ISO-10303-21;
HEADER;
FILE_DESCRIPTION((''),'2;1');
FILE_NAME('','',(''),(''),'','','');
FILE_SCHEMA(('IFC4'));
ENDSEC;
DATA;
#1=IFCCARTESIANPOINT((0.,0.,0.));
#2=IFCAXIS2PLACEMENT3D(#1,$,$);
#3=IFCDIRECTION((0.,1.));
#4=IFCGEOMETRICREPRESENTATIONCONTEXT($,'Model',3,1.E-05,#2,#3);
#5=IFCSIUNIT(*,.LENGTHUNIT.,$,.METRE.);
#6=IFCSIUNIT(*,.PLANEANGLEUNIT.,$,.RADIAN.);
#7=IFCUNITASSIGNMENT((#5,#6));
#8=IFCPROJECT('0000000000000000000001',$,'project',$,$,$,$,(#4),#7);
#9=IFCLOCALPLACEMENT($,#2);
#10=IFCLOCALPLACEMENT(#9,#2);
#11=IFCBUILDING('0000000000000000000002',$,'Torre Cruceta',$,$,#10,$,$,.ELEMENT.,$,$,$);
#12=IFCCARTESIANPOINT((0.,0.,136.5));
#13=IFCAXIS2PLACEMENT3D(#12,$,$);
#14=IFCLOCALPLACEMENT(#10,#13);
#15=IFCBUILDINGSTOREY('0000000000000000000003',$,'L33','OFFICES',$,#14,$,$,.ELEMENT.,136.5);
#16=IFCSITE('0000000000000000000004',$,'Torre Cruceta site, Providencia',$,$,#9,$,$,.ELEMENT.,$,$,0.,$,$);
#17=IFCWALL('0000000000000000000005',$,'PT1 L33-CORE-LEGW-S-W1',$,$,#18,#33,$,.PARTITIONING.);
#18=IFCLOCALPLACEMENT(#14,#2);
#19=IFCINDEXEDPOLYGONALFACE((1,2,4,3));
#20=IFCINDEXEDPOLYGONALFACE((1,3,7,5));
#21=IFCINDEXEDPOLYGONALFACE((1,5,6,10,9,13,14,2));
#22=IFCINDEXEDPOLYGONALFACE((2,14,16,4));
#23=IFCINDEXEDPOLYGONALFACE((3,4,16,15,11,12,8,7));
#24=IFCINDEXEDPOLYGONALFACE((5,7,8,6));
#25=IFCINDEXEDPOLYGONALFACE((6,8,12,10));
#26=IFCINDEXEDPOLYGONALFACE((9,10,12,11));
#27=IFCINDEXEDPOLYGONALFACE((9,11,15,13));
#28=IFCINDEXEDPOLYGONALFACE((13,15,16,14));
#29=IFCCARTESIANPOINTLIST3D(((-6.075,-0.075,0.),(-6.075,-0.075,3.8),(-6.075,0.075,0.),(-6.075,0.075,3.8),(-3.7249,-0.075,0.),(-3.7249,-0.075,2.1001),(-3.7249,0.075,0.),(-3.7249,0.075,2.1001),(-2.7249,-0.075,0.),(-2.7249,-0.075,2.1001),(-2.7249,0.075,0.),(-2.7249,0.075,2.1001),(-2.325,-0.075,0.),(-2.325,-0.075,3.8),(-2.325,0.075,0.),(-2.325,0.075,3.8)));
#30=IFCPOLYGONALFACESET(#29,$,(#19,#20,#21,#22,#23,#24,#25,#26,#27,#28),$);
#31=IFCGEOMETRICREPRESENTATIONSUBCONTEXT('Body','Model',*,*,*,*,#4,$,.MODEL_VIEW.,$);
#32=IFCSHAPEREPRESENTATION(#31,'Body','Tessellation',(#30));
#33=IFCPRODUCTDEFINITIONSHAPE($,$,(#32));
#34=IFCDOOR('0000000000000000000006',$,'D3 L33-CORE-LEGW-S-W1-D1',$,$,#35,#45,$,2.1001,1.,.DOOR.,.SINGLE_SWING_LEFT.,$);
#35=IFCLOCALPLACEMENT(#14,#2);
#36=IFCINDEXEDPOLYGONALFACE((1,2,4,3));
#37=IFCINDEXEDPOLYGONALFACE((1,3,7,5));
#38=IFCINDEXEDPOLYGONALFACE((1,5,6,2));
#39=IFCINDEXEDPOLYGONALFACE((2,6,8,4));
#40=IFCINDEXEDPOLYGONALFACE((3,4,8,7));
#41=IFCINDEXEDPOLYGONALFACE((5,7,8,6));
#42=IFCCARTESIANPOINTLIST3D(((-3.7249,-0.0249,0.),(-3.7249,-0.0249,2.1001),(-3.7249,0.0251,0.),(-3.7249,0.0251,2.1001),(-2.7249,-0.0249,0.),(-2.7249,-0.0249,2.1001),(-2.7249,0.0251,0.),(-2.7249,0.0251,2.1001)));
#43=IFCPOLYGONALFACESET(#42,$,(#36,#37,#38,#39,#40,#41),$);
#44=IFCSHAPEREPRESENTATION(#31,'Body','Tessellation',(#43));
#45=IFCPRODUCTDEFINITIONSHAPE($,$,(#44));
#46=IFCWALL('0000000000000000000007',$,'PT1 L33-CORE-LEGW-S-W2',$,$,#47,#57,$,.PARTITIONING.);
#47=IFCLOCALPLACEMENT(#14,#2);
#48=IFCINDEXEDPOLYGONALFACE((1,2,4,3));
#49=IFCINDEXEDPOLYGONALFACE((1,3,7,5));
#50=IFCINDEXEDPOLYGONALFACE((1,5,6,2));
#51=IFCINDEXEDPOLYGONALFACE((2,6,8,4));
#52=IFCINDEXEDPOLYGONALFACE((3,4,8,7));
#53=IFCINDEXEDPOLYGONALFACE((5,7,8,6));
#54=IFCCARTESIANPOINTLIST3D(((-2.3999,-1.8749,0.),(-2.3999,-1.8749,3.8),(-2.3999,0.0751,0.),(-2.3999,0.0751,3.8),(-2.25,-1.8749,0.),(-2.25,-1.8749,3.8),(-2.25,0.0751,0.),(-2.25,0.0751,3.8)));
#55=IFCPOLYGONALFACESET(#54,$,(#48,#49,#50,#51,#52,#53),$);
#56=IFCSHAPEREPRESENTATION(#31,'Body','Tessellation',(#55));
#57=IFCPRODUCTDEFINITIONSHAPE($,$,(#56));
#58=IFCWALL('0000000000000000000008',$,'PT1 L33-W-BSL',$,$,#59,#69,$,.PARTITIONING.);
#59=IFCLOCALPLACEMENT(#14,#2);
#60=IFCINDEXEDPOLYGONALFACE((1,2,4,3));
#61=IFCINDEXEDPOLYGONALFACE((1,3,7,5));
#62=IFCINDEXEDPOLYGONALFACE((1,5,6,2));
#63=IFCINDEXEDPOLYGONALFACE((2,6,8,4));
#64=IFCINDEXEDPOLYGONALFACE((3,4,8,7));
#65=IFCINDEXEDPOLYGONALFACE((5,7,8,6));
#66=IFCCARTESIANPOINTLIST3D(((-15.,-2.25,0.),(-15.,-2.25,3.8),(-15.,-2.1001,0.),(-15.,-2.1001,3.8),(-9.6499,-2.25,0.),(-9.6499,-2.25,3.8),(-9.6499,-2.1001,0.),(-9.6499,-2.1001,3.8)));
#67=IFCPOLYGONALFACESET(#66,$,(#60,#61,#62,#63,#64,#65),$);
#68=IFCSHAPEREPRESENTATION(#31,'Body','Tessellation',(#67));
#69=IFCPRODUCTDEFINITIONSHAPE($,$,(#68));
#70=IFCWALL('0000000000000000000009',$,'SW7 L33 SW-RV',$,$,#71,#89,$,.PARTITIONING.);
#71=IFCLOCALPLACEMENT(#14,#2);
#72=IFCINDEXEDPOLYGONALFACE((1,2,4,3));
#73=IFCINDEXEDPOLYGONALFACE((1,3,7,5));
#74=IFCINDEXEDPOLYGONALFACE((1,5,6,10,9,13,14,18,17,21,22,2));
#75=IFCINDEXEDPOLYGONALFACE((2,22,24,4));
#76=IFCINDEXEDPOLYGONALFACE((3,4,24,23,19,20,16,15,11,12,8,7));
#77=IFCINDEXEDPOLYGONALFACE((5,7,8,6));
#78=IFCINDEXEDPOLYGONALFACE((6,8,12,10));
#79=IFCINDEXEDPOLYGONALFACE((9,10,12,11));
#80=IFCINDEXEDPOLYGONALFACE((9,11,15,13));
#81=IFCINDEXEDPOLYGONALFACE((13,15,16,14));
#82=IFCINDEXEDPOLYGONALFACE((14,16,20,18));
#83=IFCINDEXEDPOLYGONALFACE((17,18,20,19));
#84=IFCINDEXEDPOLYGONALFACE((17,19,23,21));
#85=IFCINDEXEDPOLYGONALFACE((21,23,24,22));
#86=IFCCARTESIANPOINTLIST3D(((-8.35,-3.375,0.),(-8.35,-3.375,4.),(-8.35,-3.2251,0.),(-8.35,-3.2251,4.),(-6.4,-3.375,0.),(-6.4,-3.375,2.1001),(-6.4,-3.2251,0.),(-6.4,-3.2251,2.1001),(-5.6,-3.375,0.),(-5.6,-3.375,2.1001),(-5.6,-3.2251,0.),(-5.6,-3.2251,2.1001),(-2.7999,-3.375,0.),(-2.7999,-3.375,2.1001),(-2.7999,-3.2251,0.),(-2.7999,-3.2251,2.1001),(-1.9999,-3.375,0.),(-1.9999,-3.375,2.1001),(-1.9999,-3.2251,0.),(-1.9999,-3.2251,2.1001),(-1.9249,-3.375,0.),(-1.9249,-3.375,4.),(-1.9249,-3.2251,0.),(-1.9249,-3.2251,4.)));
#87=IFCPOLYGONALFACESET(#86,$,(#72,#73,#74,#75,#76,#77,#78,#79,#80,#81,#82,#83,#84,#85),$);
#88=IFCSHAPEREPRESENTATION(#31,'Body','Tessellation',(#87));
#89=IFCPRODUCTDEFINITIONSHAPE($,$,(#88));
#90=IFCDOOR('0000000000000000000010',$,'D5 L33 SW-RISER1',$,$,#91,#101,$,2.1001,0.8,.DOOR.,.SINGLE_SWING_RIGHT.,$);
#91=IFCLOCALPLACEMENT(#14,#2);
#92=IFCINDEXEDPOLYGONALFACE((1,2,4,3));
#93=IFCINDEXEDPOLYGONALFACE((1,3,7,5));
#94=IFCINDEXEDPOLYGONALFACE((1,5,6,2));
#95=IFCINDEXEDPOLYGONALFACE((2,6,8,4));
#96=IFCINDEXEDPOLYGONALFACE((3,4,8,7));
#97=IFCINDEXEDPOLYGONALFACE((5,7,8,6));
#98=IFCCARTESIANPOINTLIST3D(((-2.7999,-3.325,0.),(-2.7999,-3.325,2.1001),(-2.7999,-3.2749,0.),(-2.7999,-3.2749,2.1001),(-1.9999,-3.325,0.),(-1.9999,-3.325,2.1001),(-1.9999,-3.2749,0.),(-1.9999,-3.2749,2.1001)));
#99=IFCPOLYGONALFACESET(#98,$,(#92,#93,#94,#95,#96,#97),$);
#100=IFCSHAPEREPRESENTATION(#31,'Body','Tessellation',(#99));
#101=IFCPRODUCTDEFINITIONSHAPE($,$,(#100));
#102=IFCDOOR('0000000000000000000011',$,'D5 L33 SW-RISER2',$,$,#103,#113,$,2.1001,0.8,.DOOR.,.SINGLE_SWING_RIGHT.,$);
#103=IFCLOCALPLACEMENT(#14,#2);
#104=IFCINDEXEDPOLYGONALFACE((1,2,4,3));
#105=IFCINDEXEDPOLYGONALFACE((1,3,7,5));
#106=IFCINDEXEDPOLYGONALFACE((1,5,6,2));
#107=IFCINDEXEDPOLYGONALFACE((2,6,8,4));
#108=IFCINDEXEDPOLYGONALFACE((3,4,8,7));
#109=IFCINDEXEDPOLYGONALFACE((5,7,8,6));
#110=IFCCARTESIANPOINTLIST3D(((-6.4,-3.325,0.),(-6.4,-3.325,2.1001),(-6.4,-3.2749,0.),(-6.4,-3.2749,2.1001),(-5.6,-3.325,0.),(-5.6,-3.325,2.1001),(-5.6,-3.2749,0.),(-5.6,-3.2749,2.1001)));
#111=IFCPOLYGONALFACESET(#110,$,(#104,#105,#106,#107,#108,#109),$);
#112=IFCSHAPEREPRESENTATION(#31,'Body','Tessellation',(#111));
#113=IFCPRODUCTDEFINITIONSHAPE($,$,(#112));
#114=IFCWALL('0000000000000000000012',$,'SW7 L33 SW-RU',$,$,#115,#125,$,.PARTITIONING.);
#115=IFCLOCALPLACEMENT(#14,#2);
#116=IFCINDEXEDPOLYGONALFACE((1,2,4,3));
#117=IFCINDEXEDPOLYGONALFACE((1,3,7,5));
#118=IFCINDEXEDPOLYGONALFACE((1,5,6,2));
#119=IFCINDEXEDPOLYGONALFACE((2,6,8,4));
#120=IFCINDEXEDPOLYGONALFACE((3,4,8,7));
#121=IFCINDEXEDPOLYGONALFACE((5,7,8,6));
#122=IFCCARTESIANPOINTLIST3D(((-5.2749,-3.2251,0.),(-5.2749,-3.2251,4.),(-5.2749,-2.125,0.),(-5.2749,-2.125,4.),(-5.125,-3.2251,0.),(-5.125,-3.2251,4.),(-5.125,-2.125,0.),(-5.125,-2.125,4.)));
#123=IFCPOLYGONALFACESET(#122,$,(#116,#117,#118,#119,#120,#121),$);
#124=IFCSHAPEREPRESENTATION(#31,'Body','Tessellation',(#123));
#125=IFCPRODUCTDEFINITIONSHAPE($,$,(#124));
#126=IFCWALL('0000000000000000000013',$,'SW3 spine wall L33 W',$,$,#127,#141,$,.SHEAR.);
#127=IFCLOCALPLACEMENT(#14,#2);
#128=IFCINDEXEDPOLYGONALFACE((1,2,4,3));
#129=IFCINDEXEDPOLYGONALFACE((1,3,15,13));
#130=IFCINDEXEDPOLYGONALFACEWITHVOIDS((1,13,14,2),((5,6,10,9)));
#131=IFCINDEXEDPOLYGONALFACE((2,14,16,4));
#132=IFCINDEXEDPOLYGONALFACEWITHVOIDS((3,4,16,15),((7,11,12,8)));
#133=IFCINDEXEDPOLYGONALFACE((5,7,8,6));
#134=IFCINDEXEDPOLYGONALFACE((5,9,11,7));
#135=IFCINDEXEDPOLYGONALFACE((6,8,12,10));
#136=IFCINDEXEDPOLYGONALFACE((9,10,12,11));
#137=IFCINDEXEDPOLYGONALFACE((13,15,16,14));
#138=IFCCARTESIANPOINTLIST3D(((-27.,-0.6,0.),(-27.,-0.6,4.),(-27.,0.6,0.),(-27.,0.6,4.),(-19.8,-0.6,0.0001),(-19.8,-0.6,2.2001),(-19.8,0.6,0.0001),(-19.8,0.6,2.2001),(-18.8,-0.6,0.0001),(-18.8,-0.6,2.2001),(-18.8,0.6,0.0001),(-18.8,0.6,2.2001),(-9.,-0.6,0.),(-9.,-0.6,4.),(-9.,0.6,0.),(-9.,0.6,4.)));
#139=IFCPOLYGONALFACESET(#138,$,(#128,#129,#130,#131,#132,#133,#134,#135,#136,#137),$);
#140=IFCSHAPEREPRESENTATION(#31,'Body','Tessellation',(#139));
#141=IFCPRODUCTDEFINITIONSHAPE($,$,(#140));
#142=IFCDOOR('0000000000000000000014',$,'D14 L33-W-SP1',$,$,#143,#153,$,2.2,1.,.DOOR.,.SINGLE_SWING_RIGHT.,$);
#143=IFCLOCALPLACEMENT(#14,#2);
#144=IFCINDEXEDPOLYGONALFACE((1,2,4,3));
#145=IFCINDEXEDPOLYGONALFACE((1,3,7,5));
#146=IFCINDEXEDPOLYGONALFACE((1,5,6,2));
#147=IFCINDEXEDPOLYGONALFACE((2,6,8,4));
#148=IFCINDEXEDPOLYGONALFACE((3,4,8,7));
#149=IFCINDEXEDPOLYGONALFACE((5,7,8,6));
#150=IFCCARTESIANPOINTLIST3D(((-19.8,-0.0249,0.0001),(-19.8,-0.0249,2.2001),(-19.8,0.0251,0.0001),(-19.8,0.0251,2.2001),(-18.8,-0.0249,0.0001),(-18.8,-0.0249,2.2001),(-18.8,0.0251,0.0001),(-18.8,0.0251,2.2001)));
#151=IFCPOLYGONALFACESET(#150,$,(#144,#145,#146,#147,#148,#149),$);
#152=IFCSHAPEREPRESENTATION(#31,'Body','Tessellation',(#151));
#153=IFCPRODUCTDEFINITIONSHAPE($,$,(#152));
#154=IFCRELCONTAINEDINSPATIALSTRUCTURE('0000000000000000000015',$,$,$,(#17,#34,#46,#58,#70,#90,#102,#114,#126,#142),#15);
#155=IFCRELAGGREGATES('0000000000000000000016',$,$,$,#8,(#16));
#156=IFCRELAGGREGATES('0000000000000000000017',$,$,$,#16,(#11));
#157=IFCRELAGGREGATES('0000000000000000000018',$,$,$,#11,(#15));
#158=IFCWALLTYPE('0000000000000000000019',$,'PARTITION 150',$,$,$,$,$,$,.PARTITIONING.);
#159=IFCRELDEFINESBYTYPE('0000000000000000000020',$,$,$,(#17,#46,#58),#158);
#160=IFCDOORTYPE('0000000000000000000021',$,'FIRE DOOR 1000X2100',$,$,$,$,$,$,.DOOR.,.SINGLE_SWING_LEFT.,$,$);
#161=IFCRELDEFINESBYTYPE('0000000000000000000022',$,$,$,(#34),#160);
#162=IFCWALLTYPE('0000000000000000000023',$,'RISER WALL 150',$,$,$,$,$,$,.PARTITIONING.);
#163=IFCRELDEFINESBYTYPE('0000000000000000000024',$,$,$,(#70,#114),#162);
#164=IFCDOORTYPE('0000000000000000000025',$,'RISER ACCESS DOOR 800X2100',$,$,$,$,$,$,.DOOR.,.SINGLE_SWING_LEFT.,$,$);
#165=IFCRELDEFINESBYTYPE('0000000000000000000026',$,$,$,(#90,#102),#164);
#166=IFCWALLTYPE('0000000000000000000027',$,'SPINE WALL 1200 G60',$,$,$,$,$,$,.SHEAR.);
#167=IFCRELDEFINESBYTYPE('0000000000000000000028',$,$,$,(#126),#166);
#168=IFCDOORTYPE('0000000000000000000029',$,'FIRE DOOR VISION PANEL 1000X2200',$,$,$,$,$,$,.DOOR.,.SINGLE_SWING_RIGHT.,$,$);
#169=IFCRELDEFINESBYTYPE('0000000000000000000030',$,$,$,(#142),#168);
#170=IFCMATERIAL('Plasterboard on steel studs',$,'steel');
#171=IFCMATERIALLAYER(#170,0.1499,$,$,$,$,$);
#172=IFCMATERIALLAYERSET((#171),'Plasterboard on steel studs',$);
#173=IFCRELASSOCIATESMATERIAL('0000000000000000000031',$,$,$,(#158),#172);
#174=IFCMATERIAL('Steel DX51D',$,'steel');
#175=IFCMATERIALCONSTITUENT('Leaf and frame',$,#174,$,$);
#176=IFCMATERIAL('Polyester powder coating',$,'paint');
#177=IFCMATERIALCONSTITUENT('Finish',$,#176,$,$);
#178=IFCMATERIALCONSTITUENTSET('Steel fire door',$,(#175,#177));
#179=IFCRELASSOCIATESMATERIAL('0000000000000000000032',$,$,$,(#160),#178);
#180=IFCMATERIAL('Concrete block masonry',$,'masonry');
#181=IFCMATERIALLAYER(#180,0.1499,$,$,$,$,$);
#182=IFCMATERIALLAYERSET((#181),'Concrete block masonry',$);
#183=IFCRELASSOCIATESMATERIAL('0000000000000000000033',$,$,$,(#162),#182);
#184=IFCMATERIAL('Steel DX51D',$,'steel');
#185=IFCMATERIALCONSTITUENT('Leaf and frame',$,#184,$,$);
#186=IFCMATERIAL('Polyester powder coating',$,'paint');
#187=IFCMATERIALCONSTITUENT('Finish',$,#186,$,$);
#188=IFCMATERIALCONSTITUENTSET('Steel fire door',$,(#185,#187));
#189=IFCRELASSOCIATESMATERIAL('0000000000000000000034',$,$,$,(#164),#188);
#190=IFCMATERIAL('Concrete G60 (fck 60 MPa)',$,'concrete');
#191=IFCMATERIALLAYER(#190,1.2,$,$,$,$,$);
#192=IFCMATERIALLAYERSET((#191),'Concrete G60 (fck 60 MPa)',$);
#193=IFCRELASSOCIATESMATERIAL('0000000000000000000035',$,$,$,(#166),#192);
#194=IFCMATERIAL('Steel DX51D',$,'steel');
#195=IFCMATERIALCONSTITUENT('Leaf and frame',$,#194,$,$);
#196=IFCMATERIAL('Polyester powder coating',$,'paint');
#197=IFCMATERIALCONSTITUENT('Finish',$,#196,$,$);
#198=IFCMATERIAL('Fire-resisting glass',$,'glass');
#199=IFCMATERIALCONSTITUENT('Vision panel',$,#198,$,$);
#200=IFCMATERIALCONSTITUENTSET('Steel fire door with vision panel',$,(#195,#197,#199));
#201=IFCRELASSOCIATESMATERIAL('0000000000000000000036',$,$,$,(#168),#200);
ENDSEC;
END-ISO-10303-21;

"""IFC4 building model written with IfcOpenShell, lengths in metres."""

from ifc_helpers import new_model, si_unit, direction, frame, frame_2d, origin, place, context, subcontext, project, spatial, rectangle, extrude, material, layer, layer_set, constituent, constituent_set, type_object, element, fill, save


model = new_model("IFC4")

# Units and contexts
model_context = context("Model", 3, precision=1e-05, world=origin(), true_north=direction((0.0, 1.0)))
body_context = subcontext(model_context, "Body", "Model", "MODEL_VIEW")
ifc_project = project(units=[si_unit("LENGTHUNIT", "METRE"), si_unit("PLANEANGLEUNIT", "RADIAN")], contexts=[model_context])

# Site, building, storey
site_placement = place(None, origin())
site = spatial("IfcSite", under=ifc_project, at=site_placement, Name="Torre Cruceta site, Providencia", CompositionType="ELEMENT", RefElevation=0.0)
building_placement = place(site_placement, origin())
building = spatial("IfcBuilding", under=site, at=building_placement, Name="Torre Cruceta", CompositionType="ELEMENT")
storey_placement = place(building_placement, frame((0.0, 0.0, 136.5)))
storey = spatial("IfcBuildingStorey", under=building, at=storey_placement, Name="L33", Description="OFFICES", CompositionType="ELEMENT", Elevation=136.5)

# Wall, opening, door
ifc_material_1 = material(Name="Plasterboard on steel studs", Category="steel")
ifc_layer_1 = layer(ifc_material_1, 0.1499)
ifc_layer_set_1 = layer_set([ifc_layer_1], Name="Plasterboard on steel studs")
wall_type_1 = type_object("IfcWallType", Name="PARTITION 150", PredefinedType="PARTITIONING", material=ifc_layer_set_1)
wall_1_placement = place(storey_placement, frame((-2.325, 0.0, 0.0), z_axis=(0.0, 0.0, 1.0), x_axis=(-1.0, 0.0, 0.0)))
wall_1 = element("IfcWall", 1, at=wall_1_placement, inside=storey, type_object=wall_type_1, Name="PT1 L33-CORE-LEGW-S-W1", PredefinedType="PARTITIONING", context=body_context, shape_type="SweptSolid", body=[
    extrude(rectangle(XDim=3.75, YDim=0.1499, at=frame_2d((1.875, 0.0))), origin(), (0.0, 0.0, 1.0), 3.8),
])
opening_1_placement = place(wall_1_placement, frame((0.3999, 0.0, 0.0)))
opening_1 = element("IfcOpeningElement", 2, at=opening_1_placement, cuts=wall_1, PredefinedType="OPENING", context=body_context, shape_type="SweptSolid", body=[
    extrude(rectangle(XDim=1.0, YDim=2.1001, at=frame_2d((0.5, 1.05))), frame((0.0, 0.085, 0.0), z_axis=(0.0, -1.0, 0.0), x_axis=(1.0, 0.0, 0.0)), (0.0, 0.0, 1.0), 0.1699),
])
ifc_material_2 = material(Name="Steel DX51D", Category="steel")
ifc_constituent_1 = constituent(ifc_material_2, Name="Leaf and frame")
ifc_material_3 = material(Name="Polyester powder coating", Category="paint")
ifc_constituent_2 = constituent(ifc_material_3, Name="Finish")
ifc_constituent_set_1 = constituent_set(constituents=[ifc_constituent_1, ifc_constituent_2], Name="Steel fire door")
door_type_1 = type_object("IfcDoorType", Name="FIRE DOOR 1000X2100", OperationType="SINGLE_SWING_LEFT", PredefinedType="DOOR", material=ifc_constituent_set_1)
door_1_placement = place(opening_1_placement, origin())
door_1 = element("IfcDoor", 3, at=door_1_placement, inside=storey, type_object=door_type_1, Name="D3 L33-CORE-LEGW-S-W1-D1", OperationType="SINGLE_SWING_LEFT", OverallHeight=2.1001, OverallWidth=1.0, PredefinedType="DOOR", context=body_context, shape_type="SweptSolid", body=[
    extrude(rectangle(XDim=1.0, YDim=2.1001, at=frame_2d((0.5, 1.05))), frame((0.0, 0.0249, 0.0), z_axis=(0.0, -1.0, 0.0), x_axis=(1.0, 0.0, 0.0)), (0.0, 0.0, 1.0), 0.05),
])
fill(opening_1, door_1)

# Walls
wall_2_placement = place(storey_placement, frame((-2.325, -1.875, 0.0), z_axis=(0.0, 0.0, 1.0), x_axis=(0.0, 1.0, 0.0)))
element("IfcWall", 4, at=wall_2_placement, inside=storey, type_object=wall_type_1, Name="PT1 L33-CORE-LEGW-S-W2", PredefinedType="PARTITIONING", context=body_context, shape_type="SweptSolid", body=[
    extrude(rectangle(XDim=1.95, YDim=0.1499, at=frame_2d((0.9751, 0.0))), origin(), (0.0, 0.0, 1.0), 3.8),
])
wall_3_placement = place(storey_placement, frame((-9.6499, -2.175, 0.0), z_axis=(0.0, 0.0, 1.0), x_axis=(-1.0, 0.0, 0.0)))
element("IfcWall", 5, at=wall_3_placement, inside=storey, type_object=wall_type_1, Name="PT1 L33-W-BSL", PredefinedType="PARTITIONING", context=body_context, shape_type="SweptSolid", body=[
    extrude(rectangle(XDim=5.3501, YDim=0.1499, at=frame_2d((2.675, 0.0))), origin(), (0.0, 0.0, 1.0), 3.8),
])

# Wall, openings, doors
ifc_material_4 = material(Name="Concrete block masonry", Category="masonry")
ifc_layer_2 = layer(ifc_material_4, 0.1499)
ifc_layer_set_2 = layer_set([ifc_layer_2], Name="Concrete block masonry")
wall_type_2 = type_object("IfcWallType", Name="RISER WALL 150", PredefinedType="PARTITIONING", material=ifc_layer_set_2)
wall_4_placement = place(storey_placement, frame((-1.925, -3.3, 0.0), z_axis=(0.0, 0.0, 1.0), x_axis=(-1.0, 0.0, 0.0)))
wall_4 = element("IfcWall", 6, at=wall_4_placement, inside=storey, type_object=wall_type_2, Name="SW7 L33 SW-RV", PredefinedType="PARTITIONING", context=body_context, shape_type="SweptSolid", body=[
    extrude(rectangle(XDim=6.425, YDim=0.1499, at=frame_2d((3.2124, 0.0))), origin(), (0.0, 0.0, 1.0), 4.0),
])
opening_2_placement = place(wall_4_placement, frame((0.075, 0.0, 0.0)))
opening_2 = element("IfcOpeningElement", 7, at=opening_2_placement, cuts=wall_4, PredefinedType="OPENING", context=body_context, shape_type="SweptSolid", body=[
    extrude(rectangle(XDim=0.8, YDim=2.1001, at=frame_2d((0.3999, 1.05))), frame((0.0, 0.085, 0.0), z_axis=(0.0, -1.0, 0.0), x_axis=(1.0, 0.0, 0.0)), (0.0, 0.0, 1.0), 0.1699),
])
opening_3_placement = place(wall_4_placement, frame((3.675, 0.0, 0.0)))
opening_3 = element("IfcOpeningElement", 8, at=opening_3_placement, cuts=wall_4, PredefinedType="OPENING", context=body_context, shape_type="SweptSolid", body=[
    extrude(rectangle(XDim=0.8, YDim=2.1001, at=frame_2d((0.3999, 1.05))), frame((0.0, 0.085, 0.0), z_axis=(0.0, -1.0, 0.0), x_axis=(1.0, 0.0, 0.0)), (0.0, 0.0, 1.0), 0.1699),
])
ifc_material_5 = material(Name="Steel DX51D", Category="steel")
ifc_constituent_3 = constituent(ifc_material_5, Name="Leaf and frame")
ifc_material_6 = material(Name="Polyester powder coating", Category="paint")
ifc_constituent_4 = constituent(ifc_material_6, Name="Finish")
ifc_constituent_set_2 = constituent_set(constituents=[ifc_constituent_3, ifc_constituent_4], Name="Steel fire door")
door_type_2 = type_object("IfcDoorType", Name="RISER ACCESS DOOR 800X2100", OperationType="SINGLE_SWING_LEFT", PredefinedType="DOOR", material=ifc_constituent_set_2)
door_2_placement = place(opening_2_placement, frame((0.8, 0.0, 0.0), z_axis=(0.0, 0.0, 1.0), x_axis=(-1.0, 0.0, 0.0)))
door_2 = element("IfcDoor", 9, at=door_2_placement, inside=storey, type_object=door_type_2, Name="D5 L33 SW-RISER1", OperationType="SINGLE_SWING_RIGHT", OverallHeight=2.1001, OverallWidth=0.8, PredefinedType="DOOR", context=body_context, shape_type="SweptSolid", body=[
    extrude(rectangle(XDim=0.8, YDim=2.1001, at=frame_2d((0.4001, 1.05))), frame((0.0, 0.0251, 0.0), z_axis=(0.0, -1.0, 0.0), x_axis=(1.0, 0.0, 0.0)), (0.0, 0.0, 1.0), 0.05),
])
fill(opening_2, door_2)
door_3_placement = place(opening_3_placement, frame((0.8, 0.0, 0.0), z_axis=(0.0, 0.0, 1.0), x_axis=(-1.0, 0.0, 0.0)))
door_3 = element("IfcDoor", 10, at=door_3_placement, inside=storey, type_object=door_type_2, Name="D5 L33 SW-RISER2", OperationType="SINGLE_SWING_RIGHT", OverallHeight=2.1001, OverallWidth=0.8, PredefinedType="DOOR", context=body_context, shape_type="SweptSolid", body=[
    extrude(rectangle(XDim=0.8, YDim=2.1001, at=frame_2d((0.4001, 1.05))), frame((0.0, 0.0251, 0.0), z_axis=(0.0, -1.0, 0.0), x_axis=(1.0, 0.0, 0.0)), (0.0, 0.0, 1.0), 0.05),
])
fill(opening_3, door_3)

# Wall
wall_5_placement = place(storey_placement, frame((-5.2, -2.125, 0.0), z_axis=(0.0, 0.0, 1.0), x_axis=(0.0, -1.0, 0.0)))
element("IfcWall", 11, at=wall_5_placement, inside=storey, type_object=wall_type_2, Name="SW7 L33 SW-RU", PredefinedType="PARTITIONING", context=body_context, shape_type="SweptSolid", body=[
    extrude(rectangle(XDim=1.1001, YDim=0.1499, at=frame_2d((0.55, 0.0))), origin(), (0.0, 0.0, 1.0), 4.0),
])

# Wall, opening, door
ifc_material_7 = material(Name="Concrete G60 (fck 60 MPa)", Category="concrete")
ifc_layer_3 = layer(ifc_material_7, 1.2)
ifc_layer_set_3 = layer_set([ifc_layer_3], Name="Concrete G60 (fck 60 MPa)")
wall_type_3 = type_object("IfcWallType", Name="SPINE WALL 1200 G60", PredefinedType="SHEAR", material=ifc_layer_set_3)
wall_6_placement = place(storey_placement, frame((-9.0, 0.0, 0.0), z_axis=(0.0, 0.0, 1.0), x_axis=(-1.0, 0.0, 0.0)))
wall_6 = element("IfcWall", 12, at=wall_6_placement, inside=storey, type_object=wall_type_3, Name="SW3 spine wall L33 W", PredefinedType="SHEAR", context=body_context, shape_type="SweptSolid", body=[
    extrude(rectangle(XDim=18.0, YDim=1.2, at=frame_2d((9.0, 0.0))), origin(), (0.0, 0.0, 1.0), 4.0),
])
opening_4_placement = place(wall_6_placement, frame((9.8, 0.0, 0.0)))
opening_4 = element("IfcOpeningElement", 13, at=opening_4_placement, cuts=wall_6, PredefinedType="OPENING", context=body_context, shape_type="SweptSolid", body=[
    extrude(rectangle(XDim=1.0, YDim=2.2, at=frame_2d((0.5, 1.1001))), frame((0.0, 0.6099, 0.0), z_axis=(0.0, -1.0, 0.0), x_axis=(1.0, 0.0, 0.0)), (0.0, 0.0, 1.0), 1.22),
])
ifc_material_8 = material(Name="Steel DX51D", Category="steel")
ifc_constituent_5 = constituent(ifc_material_8, Name="Leaf and frame")
ifc_material_9 = material(Name="Polyester powder coating", Category="paint")
ifc_constituent_6 = constituent(ifc_material_9, Name="Finish")
ifc_material_10 = material(Name="Fire-resisting glass", Category="glass")
ifc_constituent_7 = constituent(ifc_material_10, Name="Vision panel")
ifc_constituent_set_3 = constituent_set(constituents=[ifc_constituent_5, ifc_constituent_6, ifc_constituent_7], Name="Steel fire door with vision panel")
door_type_3 = type_object("IfcDoorType", Name="FIRE DOOR VISION PANEL 1000X2200", OperationType="SINGLE_SWING_RIGHT", PredefinedType="DOOR", material=ifc_constituent_set_3)
door_4_placement = place(opening_4_placement, origin())
door_4 = element("IfcDoor", 14, at=door_4_placement, inside=storey, type_object=door_type_3, Name="D14 L33-W-SP1", OperationType="SINGLE_SWING_RIGHT", OverallHeight=2.2, OverallWidth=1.0, PredefinedType="DOOR", context=body_context, shape_type="SweptSolid", body=[
    extrude(rectangle(XDim=1.0, YDim=2.2, at=frame_2d((0.5, 1.1001))), frame((0.0, 0.0249, 0.0), z_axis=(0.0, -1.0, 0.0), x_axis=(1.0, 0.0, 0.0)), (0.0, 0.0, 1.0), 0.05),
])
fill(opening_4, door_4)

save(model, "model.ifc")
